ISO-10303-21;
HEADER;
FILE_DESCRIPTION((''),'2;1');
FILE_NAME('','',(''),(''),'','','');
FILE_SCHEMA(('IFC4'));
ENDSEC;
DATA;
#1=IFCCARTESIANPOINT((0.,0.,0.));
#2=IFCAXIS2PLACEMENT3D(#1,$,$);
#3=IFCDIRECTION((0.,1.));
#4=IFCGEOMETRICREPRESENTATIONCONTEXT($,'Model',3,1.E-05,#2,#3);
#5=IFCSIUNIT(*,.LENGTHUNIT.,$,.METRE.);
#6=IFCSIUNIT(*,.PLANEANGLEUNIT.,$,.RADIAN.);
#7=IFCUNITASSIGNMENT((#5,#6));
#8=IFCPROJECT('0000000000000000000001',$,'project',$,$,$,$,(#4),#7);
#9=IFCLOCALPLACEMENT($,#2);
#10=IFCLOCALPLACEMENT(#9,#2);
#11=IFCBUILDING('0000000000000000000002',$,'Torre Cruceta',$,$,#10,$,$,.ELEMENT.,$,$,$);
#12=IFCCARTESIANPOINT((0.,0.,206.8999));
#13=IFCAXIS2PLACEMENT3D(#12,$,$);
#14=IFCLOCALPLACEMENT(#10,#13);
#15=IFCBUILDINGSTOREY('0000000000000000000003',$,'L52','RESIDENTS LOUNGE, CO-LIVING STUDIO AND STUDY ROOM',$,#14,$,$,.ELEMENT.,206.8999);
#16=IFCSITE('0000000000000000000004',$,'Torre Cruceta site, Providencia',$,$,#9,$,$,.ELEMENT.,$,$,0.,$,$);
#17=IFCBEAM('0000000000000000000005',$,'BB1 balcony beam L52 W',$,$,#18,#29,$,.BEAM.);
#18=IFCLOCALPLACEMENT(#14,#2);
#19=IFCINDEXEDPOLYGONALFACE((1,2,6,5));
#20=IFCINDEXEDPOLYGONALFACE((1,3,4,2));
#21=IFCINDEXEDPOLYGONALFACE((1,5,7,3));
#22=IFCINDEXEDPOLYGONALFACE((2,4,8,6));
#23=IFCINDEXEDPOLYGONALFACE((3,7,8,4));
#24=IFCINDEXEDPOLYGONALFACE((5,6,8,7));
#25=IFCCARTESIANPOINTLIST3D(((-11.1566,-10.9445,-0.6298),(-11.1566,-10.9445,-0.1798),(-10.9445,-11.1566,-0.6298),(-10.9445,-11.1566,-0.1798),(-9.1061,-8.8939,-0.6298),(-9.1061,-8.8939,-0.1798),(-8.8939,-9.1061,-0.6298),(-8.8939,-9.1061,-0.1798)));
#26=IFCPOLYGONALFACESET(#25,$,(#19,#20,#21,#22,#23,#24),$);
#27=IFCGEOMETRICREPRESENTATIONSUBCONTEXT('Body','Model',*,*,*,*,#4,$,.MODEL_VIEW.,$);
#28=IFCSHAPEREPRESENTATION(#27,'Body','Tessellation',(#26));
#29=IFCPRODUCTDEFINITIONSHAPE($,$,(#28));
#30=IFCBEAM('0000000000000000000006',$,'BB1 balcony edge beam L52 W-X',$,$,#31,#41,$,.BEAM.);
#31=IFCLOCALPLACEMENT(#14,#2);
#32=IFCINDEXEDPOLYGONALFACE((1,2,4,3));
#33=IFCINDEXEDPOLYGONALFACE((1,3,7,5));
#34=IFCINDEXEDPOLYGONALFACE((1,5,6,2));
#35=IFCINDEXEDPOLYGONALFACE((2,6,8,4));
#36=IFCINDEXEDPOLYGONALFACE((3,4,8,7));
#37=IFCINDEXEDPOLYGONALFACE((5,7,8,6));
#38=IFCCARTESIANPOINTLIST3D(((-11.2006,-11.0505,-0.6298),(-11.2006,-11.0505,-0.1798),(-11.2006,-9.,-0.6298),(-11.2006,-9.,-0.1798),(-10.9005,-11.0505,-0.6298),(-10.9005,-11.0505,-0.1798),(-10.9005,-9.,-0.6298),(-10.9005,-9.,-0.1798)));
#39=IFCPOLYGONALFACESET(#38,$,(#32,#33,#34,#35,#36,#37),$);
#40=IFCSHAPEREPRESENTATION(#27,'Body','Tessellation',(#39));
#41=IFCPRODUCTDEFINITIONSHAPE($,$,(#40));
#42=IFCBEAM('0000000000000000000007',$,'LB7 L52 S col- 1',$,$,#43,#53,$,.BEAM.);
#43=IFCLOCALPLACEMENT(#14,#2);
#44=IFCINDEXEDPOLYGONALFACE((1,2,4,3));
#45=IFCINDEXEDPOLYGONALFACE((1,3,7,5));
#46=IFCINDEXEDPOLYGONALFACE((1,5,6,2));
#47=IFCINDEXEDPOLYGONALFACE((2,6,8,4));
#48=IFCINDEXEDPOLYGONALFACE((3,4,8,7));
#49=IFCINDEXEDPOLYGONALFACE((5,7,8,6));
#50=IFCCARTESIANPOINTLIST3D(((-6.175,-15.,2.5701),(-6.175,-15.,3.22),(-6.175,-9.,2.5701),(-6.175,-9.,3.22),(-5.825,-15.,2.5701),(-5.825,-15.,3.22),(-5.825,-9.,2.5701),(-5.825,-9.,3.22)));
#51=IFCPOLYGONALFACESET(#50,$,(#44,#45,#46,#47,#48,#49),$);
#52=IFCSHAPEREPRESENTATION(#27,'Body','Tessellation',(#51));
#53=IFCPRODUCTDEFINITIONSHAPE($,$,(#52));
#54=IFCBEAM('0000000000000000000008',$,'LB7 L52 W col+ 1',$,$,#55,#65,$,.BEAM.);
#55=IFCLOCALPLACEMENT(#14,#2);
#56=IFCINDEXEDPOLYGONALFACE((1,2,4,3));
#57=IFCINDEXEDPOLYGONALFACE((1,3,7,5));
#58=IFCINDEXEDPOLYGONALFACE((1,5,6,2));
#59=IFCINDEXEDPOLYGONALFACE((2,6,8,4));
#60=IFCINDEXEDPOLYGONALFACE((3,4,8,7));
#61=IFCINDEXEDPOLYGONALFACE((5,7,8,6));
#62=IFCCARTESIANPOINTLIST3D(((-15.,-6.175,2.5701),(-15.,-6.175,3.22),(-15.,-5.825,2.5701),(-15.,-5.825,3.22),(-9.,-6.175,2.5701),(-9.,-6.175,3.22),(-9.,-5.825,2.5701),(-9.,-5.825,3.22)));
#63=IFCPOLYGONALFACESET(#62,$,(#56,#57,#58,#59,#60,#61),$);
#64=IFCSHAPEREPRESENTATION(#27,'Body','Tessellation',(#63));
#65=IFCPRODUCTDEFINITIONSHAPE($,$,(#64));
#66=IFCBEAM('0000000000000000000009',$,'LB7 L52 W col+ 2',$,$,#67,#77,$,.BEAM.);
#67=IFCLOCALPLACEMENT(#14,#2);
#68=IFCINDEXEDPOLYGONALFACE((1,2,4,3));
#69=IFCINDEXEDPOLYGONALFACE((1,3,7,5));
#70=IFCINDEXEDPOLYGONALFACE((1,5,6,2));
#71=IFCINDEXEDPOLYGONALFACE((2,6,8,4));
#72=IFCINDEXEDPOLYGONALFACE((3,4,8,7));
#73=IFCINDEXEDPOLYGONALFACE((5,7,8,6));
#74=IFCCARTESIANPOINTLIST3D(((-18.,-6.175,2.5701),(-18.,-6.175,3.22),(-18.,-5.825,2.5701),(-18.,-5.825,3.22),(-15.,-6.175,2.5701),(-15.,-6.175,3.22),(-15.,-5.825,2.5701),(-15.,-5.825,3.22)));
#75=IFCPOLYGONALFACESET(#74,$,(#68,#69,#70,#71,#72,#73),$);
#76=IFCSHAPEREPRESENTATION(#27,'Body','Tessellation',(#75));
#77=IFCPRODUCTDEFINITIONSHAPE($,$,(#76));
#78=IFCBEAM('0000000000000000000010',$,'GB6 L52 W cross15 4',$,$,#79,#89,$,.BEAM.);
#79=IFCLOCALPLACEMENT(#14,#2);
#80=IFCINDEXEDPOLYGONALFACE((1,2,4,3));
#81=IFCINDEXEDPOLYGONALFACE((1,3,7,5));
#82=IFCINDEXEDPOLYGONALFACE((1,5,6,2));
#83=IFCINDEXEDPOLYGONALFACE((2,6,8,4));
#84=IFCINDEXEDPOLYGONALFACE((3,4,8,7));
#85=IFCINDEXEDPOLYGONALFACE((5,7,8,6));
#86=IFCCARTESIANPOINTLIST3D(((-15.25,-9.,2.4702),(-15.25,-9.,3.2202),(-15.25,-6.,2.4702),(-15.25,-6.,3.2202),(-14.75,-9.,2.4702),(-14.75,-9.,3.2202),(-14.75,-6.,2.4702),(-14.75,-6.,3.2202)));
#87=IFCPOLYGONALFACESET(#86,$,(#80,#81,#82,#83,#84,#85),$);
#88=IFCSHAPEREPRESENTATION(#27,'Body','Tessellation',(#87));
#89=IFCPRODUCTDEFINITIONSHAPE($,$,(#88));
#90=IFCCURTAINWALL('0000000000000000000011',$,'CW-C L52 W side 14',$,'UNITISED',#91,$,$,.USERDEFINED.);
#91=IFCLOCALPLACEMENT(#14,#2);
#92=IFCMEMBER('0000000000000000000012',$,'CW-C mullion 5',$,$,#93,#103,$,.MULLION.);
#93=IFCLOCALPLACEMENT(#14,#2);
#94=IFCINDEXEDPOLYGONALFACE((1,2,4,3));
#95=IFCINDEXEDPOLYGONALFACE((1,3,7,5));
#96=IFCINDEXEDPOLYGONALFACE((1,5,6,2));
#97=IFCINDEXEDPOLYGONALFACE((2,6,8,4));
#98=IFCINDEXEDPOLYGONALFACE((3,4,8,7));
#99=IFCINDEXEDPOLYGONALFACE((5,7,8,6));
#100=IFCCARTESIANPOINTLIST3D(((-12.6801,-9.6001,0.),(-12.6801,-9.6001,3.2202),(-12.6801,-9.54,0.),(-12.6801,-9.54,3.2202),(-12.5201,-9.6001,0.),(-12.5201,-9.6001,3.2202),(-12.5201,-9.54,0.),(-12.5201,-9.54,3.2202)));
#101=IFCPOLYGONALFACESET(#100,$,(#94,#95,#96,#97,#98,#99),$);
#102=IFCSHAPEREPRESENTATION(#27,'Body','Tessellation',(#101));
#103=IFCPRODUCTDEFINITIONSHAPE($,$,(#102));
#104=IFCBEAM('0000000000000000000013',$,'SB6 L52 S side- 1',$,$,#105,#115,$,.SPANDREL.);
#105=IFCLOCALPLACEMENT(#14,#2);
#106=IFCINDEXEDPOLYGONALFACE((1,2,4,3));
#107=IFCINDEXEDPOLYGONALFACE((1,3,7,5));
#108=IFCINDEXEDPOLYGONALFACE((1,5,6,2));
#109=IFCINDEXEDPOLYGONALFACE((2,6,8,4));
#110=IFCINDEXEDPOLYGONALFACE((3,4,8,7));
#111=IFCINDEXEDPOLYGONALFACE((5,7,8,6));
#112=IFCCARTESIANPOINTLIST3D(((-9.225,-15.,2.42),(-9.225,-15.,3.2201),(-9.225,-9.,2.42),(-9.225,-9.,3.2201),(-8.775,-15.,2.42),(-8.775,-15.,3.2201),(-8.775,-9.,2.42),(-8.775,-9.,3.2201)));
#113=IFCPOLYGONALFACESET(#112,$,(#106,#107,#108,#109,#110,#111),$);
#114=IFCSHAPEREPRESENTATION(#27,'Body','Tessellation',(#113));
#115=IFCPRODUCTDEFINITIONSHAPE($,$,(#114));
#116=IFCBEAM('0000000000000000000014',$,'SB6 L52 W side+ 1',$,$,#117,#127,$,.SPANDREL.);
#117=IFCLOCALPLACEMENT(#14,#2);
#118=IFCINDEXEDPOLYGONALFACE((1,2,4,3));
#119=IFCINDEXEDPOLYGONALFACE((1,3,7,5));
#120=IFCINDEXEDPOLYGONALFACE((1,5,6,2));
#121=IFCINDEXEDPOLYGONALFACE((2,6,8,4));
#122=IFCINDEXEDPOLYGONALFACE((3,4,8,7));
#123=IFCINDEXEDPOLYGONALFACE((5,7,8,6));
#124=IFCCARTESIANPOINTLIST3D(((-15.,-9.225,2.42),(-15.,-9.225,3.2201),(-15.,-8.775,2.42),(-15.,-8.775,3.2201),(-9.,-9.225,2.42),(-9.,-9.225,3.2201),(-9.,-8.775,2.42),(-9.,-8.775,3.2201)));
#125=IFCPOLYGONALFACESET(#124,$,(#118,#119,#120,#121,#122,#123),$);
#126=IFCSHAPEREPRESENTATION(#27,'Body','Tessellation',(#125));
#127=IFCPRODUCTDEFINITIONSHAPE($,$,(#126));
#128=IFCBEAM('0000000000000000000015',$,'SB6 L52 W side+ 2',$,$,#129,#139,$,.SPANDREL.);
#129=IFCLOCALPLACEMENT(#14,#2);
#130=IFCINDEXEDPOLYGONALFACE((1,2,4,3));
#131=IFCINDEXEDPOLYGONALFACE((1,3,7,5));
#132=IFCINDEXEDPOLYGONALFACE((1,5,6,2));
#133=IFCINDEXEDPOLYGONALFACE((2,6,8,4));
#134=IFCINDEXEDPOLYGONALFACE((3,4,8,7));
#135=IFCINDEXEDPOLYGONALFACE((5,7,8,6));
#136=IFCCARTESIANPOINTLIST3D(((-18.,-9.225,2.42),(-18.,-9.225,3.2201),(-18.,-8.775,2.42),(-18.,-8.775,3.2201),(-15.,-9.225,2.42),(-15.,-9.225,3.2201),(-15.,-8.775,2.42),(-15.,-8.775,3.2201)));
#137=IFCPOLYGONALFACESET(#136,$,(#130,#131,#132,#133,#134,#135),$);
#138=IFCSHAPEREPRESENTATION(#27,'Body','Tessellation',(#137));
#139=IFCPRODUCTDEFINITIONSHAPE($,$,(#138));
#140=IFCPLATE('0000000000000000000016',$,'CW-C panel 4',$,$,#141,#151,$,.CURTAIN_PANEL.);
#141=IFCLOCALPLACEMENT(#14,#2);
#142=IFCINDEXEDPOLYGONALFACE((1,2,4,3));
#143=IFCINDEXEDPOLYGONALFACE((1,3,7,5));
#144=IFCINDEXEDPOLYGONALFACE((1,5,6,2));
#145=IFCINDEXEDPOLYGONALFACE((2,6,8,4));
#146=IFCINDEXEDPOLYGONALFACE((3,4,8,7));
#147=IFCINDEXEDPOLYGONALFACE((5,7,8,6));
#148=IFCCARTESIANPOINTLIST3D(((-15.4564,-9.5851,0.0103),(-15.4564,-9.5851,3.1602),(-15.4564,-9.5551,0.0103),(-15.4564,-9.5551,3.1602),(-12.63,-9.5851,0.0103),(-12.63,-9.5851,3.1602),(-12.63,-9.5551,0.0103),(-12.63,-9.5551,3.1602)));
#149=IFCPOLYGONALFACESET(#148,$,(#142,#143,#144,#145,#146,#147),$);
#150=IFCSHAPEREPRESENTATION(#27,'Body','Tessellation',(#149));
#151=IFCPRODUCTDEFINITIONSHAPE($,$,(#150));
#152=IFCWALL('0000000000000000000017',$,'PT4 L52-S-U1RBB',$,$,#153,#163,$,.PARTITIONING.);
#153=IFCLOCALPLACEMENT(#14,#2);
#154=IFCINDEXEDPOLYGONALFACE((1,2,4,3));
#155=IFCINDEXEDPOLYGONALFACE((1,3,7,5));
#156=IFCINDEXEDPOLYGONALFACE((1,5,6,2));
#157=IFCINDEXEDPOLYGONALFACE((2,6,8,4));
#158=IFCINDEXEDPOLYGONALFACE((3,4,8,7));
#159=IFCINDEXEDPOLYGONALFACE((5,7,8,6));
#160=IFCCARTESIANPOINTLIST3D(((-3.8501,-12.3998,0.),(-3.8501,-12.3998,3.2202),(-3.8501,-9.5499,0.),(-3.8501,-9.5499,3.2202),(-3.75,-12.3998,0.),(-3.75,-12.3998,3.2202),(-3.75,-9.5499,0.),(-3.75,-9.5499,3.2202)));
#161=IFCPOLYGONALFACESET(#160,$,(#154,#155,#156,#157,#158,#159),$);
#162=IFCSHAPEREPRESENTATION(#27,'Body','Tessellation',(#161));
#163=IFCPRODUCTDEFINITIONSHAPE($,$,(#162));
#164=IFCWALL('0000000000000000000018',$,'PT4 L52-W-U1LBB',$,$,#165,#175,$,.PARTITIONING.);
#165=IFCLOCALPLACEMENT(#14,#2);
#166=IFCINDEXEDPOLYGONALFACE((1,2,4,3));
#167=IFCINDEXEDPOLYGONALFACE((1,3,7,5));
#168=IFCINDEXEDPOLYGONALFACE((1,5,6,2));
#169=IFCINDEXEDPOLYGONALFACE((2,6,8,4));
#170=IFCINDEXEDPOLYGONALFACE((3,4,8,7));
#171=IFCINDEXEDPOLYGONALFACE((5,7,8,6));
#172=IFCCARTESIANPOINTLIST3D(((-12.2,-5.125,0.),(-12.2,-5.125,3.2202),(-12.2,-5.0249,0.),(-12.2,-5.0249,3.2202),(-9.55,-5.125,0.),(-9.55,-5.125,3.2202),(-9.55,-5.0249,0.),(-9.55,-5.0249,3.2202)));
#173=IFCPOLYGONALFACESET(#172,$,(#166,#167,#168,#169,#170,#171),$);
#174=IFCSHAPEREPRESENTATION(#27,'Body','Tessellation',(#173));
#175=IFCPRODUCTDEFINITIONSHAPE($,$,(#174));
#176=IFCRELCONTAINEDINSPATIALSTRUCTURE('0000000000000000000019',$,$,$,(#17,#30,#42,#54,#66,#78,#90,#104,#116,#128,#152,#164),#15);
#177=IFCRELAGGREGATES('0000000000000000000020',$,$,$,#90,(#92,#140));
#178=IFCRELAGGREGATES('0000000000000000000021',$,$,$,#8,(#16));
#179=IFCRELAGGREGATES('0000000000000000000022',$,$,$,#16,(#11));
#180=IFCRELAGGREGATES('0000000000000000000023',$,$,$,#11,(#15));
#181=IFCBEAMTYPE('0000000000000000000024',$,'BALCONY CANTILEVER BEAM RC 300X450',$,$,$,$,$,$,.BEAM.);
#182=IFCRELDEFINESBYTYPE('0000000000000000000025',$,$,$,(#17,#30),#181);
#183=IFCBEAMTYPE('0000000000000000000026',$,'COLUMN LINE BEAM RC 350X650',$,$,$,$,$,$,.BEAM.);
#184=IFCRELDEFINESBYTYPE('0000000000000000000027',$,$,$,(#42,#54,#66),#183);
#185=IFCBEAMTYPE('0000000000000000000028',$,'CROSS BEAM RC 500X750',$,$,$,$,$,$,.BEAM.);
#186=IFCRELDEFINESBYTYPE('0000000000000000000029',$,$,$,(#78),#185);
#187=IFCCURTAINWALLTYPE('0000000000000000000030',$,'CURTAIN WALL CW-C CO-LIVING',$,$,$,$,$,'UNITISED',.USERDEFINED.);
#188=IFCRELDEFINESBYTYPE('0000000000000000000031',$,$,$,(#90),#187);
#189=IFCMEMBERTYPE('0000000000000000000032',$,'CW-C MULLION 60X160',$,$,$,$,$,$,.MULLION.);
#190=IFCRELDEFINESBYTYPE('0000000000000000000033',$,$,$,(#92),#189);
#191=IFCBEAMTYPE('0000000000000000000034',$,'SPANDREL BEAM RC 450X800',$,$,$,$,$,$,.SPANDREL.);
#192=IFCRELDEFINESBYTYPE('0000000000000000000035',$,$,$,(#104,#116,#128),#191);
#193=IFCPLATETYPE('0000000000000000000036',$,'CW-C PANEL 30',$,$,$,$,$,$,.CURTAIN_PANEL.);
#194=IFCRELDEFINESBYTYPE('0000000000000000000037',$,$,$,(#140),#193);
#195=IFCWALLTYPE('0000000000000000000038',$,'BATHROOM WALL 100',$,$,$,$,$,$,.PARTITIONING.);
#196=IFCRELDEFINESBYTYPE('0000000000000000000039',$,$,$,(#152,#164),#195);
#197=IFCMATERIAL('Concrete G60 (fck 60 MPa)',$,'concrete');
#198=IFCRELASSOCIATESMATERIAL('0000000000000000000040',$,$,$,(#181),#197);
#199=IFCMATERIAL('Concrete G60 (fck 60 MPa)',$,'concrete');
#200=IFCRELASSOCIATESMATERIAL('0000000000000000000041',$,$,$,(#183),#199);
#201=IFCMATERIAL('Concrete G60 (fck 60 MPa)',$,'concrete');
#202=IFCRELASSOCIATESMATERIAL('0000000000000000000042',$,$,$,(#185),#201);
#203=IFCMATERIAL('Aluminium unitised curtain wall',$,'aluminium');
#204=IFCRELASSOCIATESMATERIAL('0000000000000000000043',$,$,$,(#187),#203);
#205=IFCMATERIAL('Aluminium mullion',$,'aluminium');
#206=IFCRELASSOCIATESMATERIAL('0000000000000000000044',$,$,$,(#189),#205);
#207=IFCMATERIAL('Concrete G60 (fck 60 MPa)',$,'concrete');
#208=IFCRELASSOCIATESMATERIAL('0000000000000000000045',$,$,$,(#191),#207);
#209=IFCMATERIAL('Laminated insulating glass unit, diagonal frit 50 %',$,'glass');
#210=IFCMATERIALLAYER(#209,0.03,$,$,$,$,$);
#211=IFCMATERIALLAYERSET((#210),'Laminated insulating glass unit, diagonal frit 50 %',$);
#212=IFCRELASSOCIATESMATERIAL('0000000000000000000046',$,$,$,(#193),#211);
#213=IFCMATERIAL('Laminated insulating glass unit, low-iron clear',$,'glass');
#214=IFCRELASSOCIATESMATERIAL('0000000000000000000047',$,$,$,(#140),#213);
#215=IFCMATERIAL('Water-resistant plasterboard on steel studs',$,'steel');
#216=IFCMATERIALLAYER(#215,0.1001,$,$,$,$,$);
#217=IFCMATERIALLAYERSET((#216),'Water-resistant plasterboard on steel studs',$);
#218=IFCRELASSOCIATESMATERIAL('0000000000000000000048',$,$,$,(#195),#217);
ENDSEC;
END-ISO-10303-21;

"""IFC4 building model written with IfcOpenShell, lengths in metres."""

from ifc_helpers import new_model, si_unit, direction, frame, frame_2d, origin, origin_2d, place, context, subcontext, project, spatial, rectangle, extrude, material, layer, layer_set, material_profile, profile_set, type_object, element, aggregate, save


model = new_model("IFC4")

# Units and contexts
model_context = context("Model", 3, precision=1e-05, world=origin(), true_north=direction((0.0, 1.0)))
body_context = subcontext(model_context, "Body", "Model", "MODEL_VIEW")
ifc_project = project(units=[si_unit("LENGTHUNIT", "METRE"), si_unit("PLANEANGLEUNIT", "RADIAN")], contexts=[model_context])

# Site, building, storey
site_placement = place(None, origin())
site = spatial("IfcSite", under=ifc_project, at=site_placement, Name="Torre Cruceta site, Providencia", CompositionType="ELEMENT", RefElevation=0.0)
building_placement = place(site_placement, origin())
building = spatial("IfcBuilding", under=site, at=building_placement, Name="Torre Cruceta", CompositionType="ELEMENT")
storey_placement = place(building_placement, frame((0.0, 0.0, 206.8999)))
storey = spatial("IfcBuildingStorey", under=building, at=storey_placement, Name="L52", Description="RESIDENTS LOUNGE, CO-LIVING STUDIO AND STUDY ROOM", CompositionType="ELEMENT", Elevation=206.8999)

# Beams
ifc_material_1 = material(Name="Concrete G60 (fck 60 MPa)", Category="concrete")
ifc_material_profile_1 = material_profile(ifc_material_1, rectangle(XDim=0.3, YDim=0.45, at=origin_2d()), Name="RC 300X450")
ifc_profile_set_1 = profile_set([ifc_material_profile_1], Name="Concrete G60 (fck 60 MPa)")
beam_type_1 = type_object("IfcBeamType", Name="BALCONY CANTILEVER BEAM RC 300X450", PredefinedType="BEAM", material=ifc_profile_set_1)
beam_1_placement = place(storey_placement, frame((-9.0, -9.0, -0.4048), z_axis=(-0.707107, -0.707107, 0.0), x_axis=(0.707107, -0.707107, 0.0)))
element("IfcBeam", 1, at=beam_1_placement, inside=storey, type_object=beam_type_1, Name="BB1 balcony beam L52 W", PredefinedType="BEAM", context=body_context, shape_type="SweptSolid", body=[
    extrude(rectangle(XDim=0.3, YDim=0.45, at=origin_2d()), origin(), (0.0, 0.0, 1.0), 2.8999),
])
beam_2_placement = place(storey_placement, frame((-11.0505, -9.0, -0.4048), z_axis=(0.0, -1.0, 0.0), x_axis=(1.0, 0.0, 0.0)))
element("IfcBeam", 2, at=beam_2_placement, inside=storey, type_object=beam_type_1, Name="BB1 balcony edge beam L52 W-X", PredefinedType="BEAM", context=body_context, shape_type="SweptSolid", body=[
    extrude(rectangle(XDim=0.3, YDim=0.45, at=origin_2d()), origin(), (0.0, 0.0, 1.0), 2.0505),
])
ifc_material_2 = material(Name="Concrete G60 (fck 60 MPa)", Category="concrete")
ifc_material_profile_2 = material_profile(ifc_material_2, rectangle(XDim=0.3501, YDim=0.6499, at=origin_2d()), Name="RC 350X650")
ifc_profile_set_2 = profile_set([ifc_material_profile_2], Name="Concrete G60 (fck 60 MPa)")
beam_type_2 = type_object("IfcBeamType", Name="COLUMN LINE BEAM RC 350X650", PredefinedType="BEAM", material=ifc_profile_set_2)
for number, where, z_axis, x_axis, name in (
    (3, (-6.0, -9.0, 2.895), (0.0, -1.0, 0.0), (1.0, 0.0, 0.0), "LB7 L52 S col- 1"),
    (4, (-9.0, -6.0, 2.895), (-1.0, 0.0, 0.0), (0.0, -1.0, 0.0), "LB7 L52 W col+ 1"),
):
    element("IfcBeam", number, at=place(storey_placement, frame(where, z_axis=z_axis, x_axis=x_axis)), inside=storey, type_object=beam_type_2, Name=name, PredefinedType="BEAM", context=body_context, shape_type="SweptSolid", body=[
        extrude(rectangle(XDim=0.3501, YDim=0.6499, at=origin_2d()), origin(), (0.0, 0.0, 1.0), 6.0),
    ])
beam_3_placement = place(storey_placement, frame((-15.0, -6.0, 2.895), z_axis=(-1.0, 0.0, 0.0), x_axis=(0.0, -1.0, 0.0)))
element("IfcBeam", 5, at=beam_3_placement, inside=storey, type_object=beam_type_2, Name="LB7 L52 W col+ 2", PredefinedType="BEAM", context=body_context, shape_type="SweptSolid", body=[
    extrude(rectangle(XDim=0.3501, YDim=0.6499, at=origin_2d()), origin(), (0.0, 0.0, 1.0), 3.0),
])
ifc_material_3 = material(Name="Concrete G60 (fck 60 MPa)", Category="concrete")
ifc_material_profile_3 = material_profile(ifc_material_3, rectangle(XDim=0.5, YDim=0.75, at=origin_2d()), Name="RC 500X750")
ifc_profile_set_3 = profile_set([ifc_material_profile_3], Name="Concrete G60 (fck 60 MPa)")
beam_type_3 = type_object("IfcBeamType", Name="CROSS BEAM RC 500X750", PredefinedType="BEAM", material=ifc_profile_set_3)
beam_4_placement = place(storey_placement, frame((-15.0, -6.0, 2.8452), z_axis=(0.0, -1.0, 0.0), x_axis=(1.0, 0.0, 0.0)))
element("IfcBeam", 6, at=beam_4_placement, inside=storey, type_object=beam_type_3, Name="GB6 L52 W cross15 4", PredefinedType="BEAM", context=body_context, shape_type="SweptSolid", body=[
    extrude(rectangle(XDim=0.5, YDim=0.75, at=origin_2d()), origin(), (0.0, 0.0, 1.0), 3.0),
])

# Curtain wall, member
ifc_material_4 = material(Name="Aluminium unitised curtain wall", Category="aluminium")
curtain_wall_type = type_object("IfcCurtainWallType", Name="CURTAIN WALL CW-C CO-LIVING", ElementType="UNITISED", PredefinedType="USERDEFINED", material=ifc_material_4)
curtain_wall_placement = place(storey_placement, origin())
curtain_wall = element("IfcCurtainWall", 7, at=curtain_wall_placement, inside=storey, type_object=curtain_wall_type, Name="CW-C L52 W side 14", ObjectType="UNITISED", PredefinedType="USERDEFINED")
ifc_material_5 = material(Name="Aluminium mullion", Category="aluminium")
ifc_material_profile_4 = material_profile(ifc_material_5, rectangle(XDim=0.0601, YDim=0.1599, at=origin_2d()), Name="AL 60X160")
ifc_profile_set_4 = profile_set([ifc_material_profile_4], Name="Aluminium mullion")
member_type = type_object("IfcMemberType", Name="CW-C MULLION 60X160", PredefinedType="MULLION", material=ifc_profile_set_4)
member_placement = place(storey_placement, frame((-12.6001, -9.5701, 0.0), z_axis=(0.0, 0.0, 1.0), x_axis=(0.0, 1.0, 0.0)))
member = element("IfcMember", 8, at=member_placement, type_object=member_type, Name="CW-C mullion 5", PredefinedType="MULLION", context=body_context, shape_type="SweptSolid", body=[
    extrude(rectangle(XDim=0.0601, YDim=0.1599, at=origin_2d()), origin(), (0.0, 0.0, 1.0), 3.2202),
])

# Beams
ifc_material_6 = material(Name="Concrete G60 (fck 60 MPa)", Category="concrete")
ifc_material_profile_5 = material_profile(ifc_material_6, rectangle(XDim=0.45, YDim=0.8, at=origin_2d()), Name="RC 450X800")
ifc_profile_set_5 = profile_set([ifc_material_profile_5], Name="Concrete G60 (fck 60 MPa)")
beam_type_4 = type_object("IfcBeamType", Name="SPANDREL BEAM RC 450X800", PredefinedType="SPANDREL", material=ifc_profile_set_5)
for number, where, z_axis, x_axis, name in (
    (9, (-9.0, -9.0, 2.8201), (0.0, -1.0, 0.0), (1.0, 0.0, 0.0), "SB6 L52 S side- 1"),
    (10, (-9.0, -9.0, 2.8201), (-1.0, 0.0, 0.0), (0.0, -1.0, 0.0), "SB6 L52 W side+ 1"),
):
    element("IfcBeam", number, at=place(storey_placement, frame(where, z_axis=z_axis, x_axis=x_axis)), inside=storey, type_object=beam_type_4, Name=name, PredefinedType="SPANDREL", context=body_context, shape_type="SweptSolid", body=[
        extrude(rectangle(XDim=0.45, YDim=0.8, at=origin_2d()), origin(), (0.0, 0.0, 1.0), 6.0),
    ])
beam_5_placement = place(storey_placement, frame((-15.0, -9.0, 2.8201), z_axis=(-1.0, 0.0, 0.0), x_axis=(0.0, -1.0, 0.0)))
element("IfcBeam", 11, at=beam_5_placement, inside=storey, type_object=beam_type_4, Name="SB6 L52 W side+ 2", PredefinedType="SPANDREL", context=body_context, shape_type="SweptSolid", body=[
    extrude(rectangle(XDim=0.45, YDim=0.8, at=origin_2d()), origin(), (0.0, 0.0, 1.0), 3.0),
])

# Plate
ifc_material_7 = material(Name="Laminated insulating glass unit, low-iron clear", Category="glass")
ifc_material_8 = material(Name="Laminated insulating glass unit, diagonal frit 50 %", Category="glass")
ifc_layer_1 = layer(ifc_material_8, 0.03)
ifc_layer_set_1 = layer_set([ifc_layer_1], Name="Laminated insulating glass unit, diagonal frit 50 %")
plate_type = type_object("IfcPlateType", Name="CW-C PANEL 30", PredefinedType="CURTAIN_PANEL", material=ifc_layer_set_1)
plate_placement = place(storey_placement, frame((-14.0432, -9.5701, 0.0103), z_axis=(0.0, 0.0, 1.0), x_axis=(1.0, 0.0, 0.0)))
plate = element("IfcPlate", 12, at=plate_placement, type_object=plate_type, material=ifc_material_7, Name="CW-C panel 4", PredefinedType="CURTAIN_PANEL", context=body_context, shape_type="SweptSolid", body=[
    extrude(rectangle(XDim=2.8264, YDim=0.03, at=origin_2d()), origin(), (0.0, 0.0, 1.0), 3.1499),
])
aggregate(curtain_wall, [member, plate])

# Walls
ifc_material_9 = material(Name="Water-resistant plasterboard on steel studs", Category="steel")
ifc_layer_2 = layer(ifc_material_9, 0.1001)
ifc_layer_set_2 = layer_set([ifc_layer_2], Name="Water-resistant plasterboard on steel studs")
wall_type_1 = type_object("IfcWallType", Name="BATHROOM WALL 100", PredefinedType="PARTITIONING", material=ifc_layer_set_2)
wall_1_placement = place(storey_placement, frame((-3.8, -9.55, 0.0), z_axis=(0.0, 0.0, 1.0), x_axis=(0.0, -1.0, 0.0)))
element("IfcWall", 13, at=wall_1_placement, inside=storey, type_object=wall_type_1, Name="PT4 L52-S-U1RBB", PredefinedType="PARTITIONING", context=body_context, shape_type="SweptSolid", body=[
    extrude(rectangle(XDim=2.8499, YDim=0.1001, at=frame_2d((1.4248, 0.0))), origin(), (0.0, 0.0, 1.0), 3.2202),
])
wall_2_placement = place(storey_placement, frame((-9.55, -5.075, 0.0), z_axis=(0.0, 0.0, 1.0), x_axis=(-1.0, 0.0, 0.0)))
element("IfcWall", 14, at=wall_2_placement, inside=storey, type_object=wall_type_1, Name="PT4 L52-W-U1LBB", PredefinedType="PARTITIONING", context=body_context, shape_type="SweptSolid", body=[
    extrude(rectangle(XDim=2.6499, YDim=0.1001, at=frame_2d((1.325, 0.0))), origin(), (0.0, 0.0, 1.0), 3.2202),
])

save(model, "model.ifc")
